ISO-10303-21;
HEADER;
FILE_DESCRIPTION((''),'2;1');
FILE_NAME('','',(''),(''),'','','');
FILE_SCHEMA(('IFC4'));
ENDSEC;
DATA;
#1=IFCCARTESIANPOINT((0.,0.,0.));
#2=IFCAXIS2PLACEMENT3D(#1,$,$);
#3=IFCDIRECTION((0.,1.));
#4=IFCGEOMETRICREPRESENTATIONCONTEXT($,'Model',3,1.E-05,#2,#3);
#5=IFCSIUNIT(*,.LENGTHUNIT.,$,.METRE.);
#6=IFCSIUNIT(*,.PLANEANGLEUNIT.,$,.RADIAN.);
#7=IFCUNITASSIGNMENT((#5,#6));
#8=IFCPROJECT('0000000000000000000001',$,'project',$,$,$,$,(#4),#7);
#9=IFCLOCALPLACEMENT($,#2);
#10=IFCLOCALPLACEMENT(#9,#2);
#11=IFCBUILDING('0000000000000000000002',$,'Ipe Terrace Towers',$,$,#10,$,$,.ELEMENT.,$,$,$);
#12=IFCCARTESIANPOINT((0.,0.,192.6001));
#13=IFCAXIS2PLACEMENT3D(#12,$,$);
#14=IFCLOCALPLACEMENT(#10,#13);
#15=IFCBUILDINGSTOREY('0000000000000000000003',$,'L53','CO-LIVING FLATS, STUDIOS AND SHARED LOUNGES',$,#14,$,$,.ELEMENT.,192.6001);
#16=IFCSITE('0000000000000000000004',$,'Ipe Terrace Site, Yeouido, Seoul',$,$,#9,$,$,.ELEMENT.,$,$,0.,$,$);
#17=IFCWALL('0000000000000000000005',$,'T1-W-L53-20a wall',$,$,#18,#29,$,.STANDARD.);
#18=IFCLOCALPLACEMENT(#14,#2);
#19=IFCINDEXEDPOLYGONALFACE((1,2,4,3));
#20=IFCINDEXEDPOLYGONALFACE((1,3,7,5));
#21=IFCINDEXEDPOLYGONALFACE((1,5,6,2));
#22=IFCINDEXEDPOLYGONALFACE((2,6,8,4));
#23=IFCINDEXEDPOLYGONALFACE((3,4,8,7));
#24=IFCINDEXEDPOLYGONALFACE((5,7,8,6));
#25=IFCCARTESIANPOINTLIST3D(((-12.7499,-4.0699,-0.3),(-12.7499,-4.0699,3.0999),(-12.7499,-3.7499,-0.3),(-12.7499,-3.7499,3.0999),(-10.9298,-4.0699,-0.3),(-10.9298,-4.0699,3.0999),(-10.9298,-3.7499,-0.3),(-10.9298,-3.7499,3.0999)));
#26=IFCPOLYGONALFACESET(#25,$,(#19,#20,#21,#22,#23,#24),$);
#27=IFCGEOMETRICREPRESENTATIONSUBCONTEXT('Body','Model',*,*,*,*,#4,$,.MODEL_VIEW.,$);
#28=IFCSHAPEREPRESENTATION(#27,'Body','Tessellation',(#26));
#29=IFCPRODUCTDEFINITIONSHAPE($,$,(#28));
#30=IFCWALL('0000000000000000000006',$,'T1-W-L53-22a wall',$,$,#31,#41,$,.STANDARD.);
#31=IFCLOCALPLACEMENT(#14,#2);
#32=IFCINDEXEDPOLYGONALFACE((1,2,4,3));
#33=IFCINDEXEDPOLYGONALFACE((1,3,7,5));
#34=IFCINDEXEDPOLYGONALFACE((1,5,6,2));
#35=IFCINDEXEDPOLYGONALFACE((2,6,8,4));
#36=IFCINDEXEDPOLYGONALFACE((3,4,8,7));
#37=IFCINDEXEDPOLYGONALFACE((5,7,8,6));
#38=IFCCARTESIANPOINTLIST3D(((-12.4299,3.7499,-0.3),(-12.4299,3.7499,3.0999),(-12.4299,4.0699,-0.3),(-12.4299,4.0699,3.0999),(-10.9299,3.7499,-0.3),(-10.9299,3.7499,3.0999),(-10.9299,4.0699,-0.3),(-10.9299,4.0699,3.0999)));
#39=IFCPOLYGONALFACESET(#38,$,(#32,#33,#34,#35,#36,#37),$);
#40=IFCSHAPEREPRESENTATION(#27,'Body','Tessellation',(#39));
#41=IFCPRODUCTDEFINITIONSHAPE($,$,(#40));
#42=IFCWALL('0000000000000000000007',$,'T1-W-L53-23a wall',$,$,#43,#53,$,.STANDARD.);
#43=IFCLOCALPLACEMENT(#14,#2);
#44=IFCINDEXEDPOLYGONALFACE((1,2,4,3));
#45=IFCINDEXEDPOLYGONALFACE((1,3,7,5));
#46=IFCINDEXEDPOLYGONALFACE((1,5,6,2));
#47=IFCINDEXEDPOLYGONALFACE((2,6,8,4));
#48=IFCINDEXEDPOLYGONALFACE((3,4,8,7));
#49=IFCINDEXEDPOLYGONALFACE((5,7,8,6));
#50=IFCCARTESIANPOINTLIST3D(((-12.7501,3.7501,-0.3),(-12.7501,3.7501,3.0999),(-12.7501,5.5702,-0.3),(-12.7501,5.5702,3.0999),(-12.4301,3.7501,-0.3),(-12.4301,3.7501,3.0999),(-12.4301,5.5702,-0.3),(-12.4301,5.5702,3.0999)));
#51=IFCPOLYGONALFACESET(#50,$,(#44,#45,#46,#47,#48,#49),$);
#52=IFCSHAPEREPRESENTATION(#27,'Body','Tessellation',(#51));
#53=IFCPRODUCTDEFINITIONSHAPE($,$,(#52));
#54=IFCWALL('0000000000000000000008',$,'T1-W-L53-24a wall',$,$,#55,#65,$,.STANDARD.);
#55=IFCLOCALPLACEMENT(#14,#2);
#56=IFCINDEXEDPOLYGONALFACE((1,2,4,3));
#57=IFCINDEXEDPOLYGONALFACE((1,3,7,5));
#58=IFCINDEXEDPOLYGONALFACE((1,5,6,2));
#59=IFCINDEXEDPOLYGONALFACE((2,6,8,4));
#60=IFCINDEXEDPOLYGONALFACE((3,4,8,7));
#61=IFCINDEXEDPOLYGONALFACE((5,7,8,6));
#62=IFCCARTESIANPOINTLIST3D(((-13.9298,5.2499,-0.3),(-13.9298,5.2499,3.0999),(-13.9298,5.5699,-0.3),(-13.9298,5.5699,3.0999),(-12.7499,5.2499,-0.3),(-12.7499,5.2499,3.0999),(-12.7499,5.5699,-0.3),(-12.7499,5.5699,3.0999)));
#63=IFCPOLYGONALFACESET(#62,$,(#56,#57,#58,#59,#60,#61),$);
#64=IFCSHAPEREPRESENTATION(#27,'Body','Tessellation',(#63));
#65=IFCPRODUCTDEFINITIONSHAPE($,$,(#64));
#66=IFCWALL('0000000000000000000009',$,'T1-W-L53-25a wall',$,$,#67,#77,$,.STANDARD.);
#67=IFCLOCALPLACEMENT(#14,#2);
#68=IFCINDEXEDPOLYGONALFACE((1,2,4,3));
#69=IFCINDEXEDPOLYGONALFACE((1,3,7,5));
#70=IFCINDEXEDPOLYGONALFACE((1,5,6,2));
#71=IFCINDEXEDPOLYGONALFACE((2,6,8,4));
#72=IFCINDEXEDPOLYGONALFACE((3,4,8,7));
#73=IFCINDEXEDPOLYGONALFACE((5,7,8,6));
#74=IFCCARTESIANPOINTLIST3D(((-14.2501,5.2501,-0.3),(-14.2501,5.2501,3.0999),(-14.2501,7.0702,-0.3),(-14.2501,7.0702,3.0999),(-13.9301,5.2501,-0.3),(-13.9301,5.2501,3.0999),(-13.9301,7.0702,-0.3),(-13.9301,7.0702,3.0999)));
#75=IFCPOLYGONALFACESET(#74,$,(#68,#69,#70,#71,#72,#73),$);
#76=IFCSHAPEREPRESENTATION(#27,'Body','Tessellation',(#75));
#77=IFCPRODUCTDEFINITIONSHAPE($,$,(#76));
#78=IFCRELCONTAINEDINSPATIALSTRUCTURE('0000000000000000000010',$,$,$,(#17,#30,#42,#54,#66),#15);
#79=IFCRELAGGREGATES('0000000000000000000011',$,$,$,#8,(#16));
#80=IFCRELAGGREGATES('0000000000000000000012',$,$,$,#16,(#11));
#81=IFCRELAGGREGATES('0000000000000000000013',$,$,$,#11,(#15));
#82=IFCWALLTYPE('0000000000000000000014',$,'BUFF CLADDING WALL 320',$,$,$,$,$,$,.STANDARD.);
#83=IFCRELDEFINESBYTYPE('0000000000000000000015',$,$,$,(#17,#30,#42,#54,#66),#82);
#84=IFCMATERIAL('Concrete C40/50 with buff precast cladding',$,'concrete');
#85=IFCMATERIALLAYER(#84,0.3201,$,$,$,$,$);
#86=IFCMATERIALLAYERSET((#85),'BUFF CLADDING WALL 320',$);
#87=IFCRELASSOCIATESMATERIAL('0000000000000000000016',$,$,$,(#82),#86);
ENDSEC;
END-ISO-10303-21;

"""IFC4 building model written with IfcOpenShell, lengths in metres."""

from ifc_helpers import new_model, si_unit, direction, frame, frame_2d, origin, place, context, subcontext, project, spatial, rectangle, extrude, material, layer, layer_set, type_object, element, save


model = new_model("IFC4")

# Units and contexts
model_context = context("Model", 3, precision=1e-05, world=origin(), true_north=direction((0.0, 1.0)))
body_context = subcontext(model_context, "Body", "Model", "MODEL_VIEW")
ifc_project = project(units=[si_unit("LENGTHUNIT", "METRE"), si_unit("PLANEANGLEUNIT", "RADIAN")], contexts=[model_context])

# Site, building, storey
site_placement = place(None, origin())
site = spatial("IfcSite", under=ifc_project, at=site_placement, Name="Ipe Terrace Site, Yeouido, Seoul", CompositionType="ELEMENT", RefElevation=0.0)
building_placement = place(site_placement, origin())
building = spatial("IfcBuilding", under=site, at=building_placement, Name="Ipe Terrace Towers", CompositionType="ELEMENT")
storey_placement = place(building_placement, frame((0.0, 0.0, 192.6001)))
storey = spatial("IfcBuildingStorey", under=building, at=storey_placement, Name="L53", Description="CO-LIVING FLATS, STUDIOS AND SHARED LOUNGES", CompositionType="ELEMENT", Elevation=192.6001)

# Walls
ifc_material_1 = material(Name="Concrete C40/50 with buff precast cladding", Category="concrete")
ifc_layer_1 = layer(ifc_material_1, 0.3201)
ifc_layer_set_1 = layer_set([ifc_layer_1], Name="BUFF CLADDING WALL 320")
wall_type = type_object("IfcWallType", Name="BUFF CLADDING WALL 320", PredefinedType="STANDARD", material=ifc_layer_set_1)
wall_1_placement = place(storey_placement, frame((-12.75, -3.9099, -0.3), z_axis=(0.0, 0.0, 1.0), x_axis=(1.0, 0.0, 0.0)))
element("IfcWall", 1, at=wall_1_placement, inside=storey, type_object=wall_type, Name="T1-W-L53-20a wall", PredefinedType="STANDARD", context=body_context, shape_type="SweptSolid", body=[
    extrude(rectangle(XDim=1.8201, YDim=0.3201, at=frame_2d((0.9102, 0.0))), origin(), (0.0, 0.0, 1.0), 3.3999),
])
wall_2_placement = place(storey_placement, frame((-10.9299, 3.9099, -0.3), z_axis=(0.0, 0.0, 1.0), x_axis=(-1.0, 0.0, 0.0)))
element("IfcWall", 2, at=wall_2_placement, inside=storey, type_object=wall_type, Name="T1-W-L53-22a wall", PredefinedType="STANDARD", context=body_context, shape_type="SweptSolid", body=[
    extrude(rectangle(XDim=1.5, YDim=0.3201, at=frame_2d((0.75, 0.0))), origin(), (0.0, 0.0, 1.0), 3.3999),
])
wall_3_placement = place(storey_placement, frame((-12.5901, 3.75, -0.3), z_axis=(0.0, 0.0, 1.0), x_axis=(0.0, 1.0, 0.0)))
element("IfcWall", 3, at=wall_3_placement, inside=storey, type_object=wall_type, Name="T1-W-L53-23a wall", PredefinedType="STANDARD", context=body_context, shape_type="SweptSolid", body=[
    extrude(rectangle(XDim=1.8201, YDim=0.3201, at=frame_2d((0.9102, 0.0))), origin(), (0.0, 0.0, 1.0), 3.3999),
])
wall_4_placement = place(storey_placement, frame((-12.75, 5.4099, -0.3), z_axis=(0.0, 0.0, 1.0), x_axis=(-1.0, 0.0, 0.0)))
element("IfcWall", 4, at=wall_4_placement, inside=storey, type_object=wall_type, Name="T1-W-L53-24a wall", PredefinedType="STANDARD", context=body_context, shape_type="SweptSolid", body=[
    extrude(rectangle(XDim=1.1799, YDim=0.3201, at=frame_2d((0.5898, 0.0))), origin(), (0.0, 0.0, 1.0), 3.3999),
])
wall_5_placement = place(storey_placement, frame((-14.0901, 5.25, -0.3), z_axis=(0.0, 0.0, 1.0), x_axis=(0.0, 1.0, 0.0)))
element("IfcWall", 5, at=wall_5_placement, inside=storey, type_object=wall_type, Name="T1-W-L53-25a wall", PredefinedType="STANDARD", context=body_context, shape_type="SweptSolid", body=[
    extrude(rectangle(XDim=1.8201, YDim=0.3201, at=frame_2d((0.9102, 0.0))), origin(), (0.0, 0.0, 1.0), 3.3999),
])

save(model, "model.ifc")
